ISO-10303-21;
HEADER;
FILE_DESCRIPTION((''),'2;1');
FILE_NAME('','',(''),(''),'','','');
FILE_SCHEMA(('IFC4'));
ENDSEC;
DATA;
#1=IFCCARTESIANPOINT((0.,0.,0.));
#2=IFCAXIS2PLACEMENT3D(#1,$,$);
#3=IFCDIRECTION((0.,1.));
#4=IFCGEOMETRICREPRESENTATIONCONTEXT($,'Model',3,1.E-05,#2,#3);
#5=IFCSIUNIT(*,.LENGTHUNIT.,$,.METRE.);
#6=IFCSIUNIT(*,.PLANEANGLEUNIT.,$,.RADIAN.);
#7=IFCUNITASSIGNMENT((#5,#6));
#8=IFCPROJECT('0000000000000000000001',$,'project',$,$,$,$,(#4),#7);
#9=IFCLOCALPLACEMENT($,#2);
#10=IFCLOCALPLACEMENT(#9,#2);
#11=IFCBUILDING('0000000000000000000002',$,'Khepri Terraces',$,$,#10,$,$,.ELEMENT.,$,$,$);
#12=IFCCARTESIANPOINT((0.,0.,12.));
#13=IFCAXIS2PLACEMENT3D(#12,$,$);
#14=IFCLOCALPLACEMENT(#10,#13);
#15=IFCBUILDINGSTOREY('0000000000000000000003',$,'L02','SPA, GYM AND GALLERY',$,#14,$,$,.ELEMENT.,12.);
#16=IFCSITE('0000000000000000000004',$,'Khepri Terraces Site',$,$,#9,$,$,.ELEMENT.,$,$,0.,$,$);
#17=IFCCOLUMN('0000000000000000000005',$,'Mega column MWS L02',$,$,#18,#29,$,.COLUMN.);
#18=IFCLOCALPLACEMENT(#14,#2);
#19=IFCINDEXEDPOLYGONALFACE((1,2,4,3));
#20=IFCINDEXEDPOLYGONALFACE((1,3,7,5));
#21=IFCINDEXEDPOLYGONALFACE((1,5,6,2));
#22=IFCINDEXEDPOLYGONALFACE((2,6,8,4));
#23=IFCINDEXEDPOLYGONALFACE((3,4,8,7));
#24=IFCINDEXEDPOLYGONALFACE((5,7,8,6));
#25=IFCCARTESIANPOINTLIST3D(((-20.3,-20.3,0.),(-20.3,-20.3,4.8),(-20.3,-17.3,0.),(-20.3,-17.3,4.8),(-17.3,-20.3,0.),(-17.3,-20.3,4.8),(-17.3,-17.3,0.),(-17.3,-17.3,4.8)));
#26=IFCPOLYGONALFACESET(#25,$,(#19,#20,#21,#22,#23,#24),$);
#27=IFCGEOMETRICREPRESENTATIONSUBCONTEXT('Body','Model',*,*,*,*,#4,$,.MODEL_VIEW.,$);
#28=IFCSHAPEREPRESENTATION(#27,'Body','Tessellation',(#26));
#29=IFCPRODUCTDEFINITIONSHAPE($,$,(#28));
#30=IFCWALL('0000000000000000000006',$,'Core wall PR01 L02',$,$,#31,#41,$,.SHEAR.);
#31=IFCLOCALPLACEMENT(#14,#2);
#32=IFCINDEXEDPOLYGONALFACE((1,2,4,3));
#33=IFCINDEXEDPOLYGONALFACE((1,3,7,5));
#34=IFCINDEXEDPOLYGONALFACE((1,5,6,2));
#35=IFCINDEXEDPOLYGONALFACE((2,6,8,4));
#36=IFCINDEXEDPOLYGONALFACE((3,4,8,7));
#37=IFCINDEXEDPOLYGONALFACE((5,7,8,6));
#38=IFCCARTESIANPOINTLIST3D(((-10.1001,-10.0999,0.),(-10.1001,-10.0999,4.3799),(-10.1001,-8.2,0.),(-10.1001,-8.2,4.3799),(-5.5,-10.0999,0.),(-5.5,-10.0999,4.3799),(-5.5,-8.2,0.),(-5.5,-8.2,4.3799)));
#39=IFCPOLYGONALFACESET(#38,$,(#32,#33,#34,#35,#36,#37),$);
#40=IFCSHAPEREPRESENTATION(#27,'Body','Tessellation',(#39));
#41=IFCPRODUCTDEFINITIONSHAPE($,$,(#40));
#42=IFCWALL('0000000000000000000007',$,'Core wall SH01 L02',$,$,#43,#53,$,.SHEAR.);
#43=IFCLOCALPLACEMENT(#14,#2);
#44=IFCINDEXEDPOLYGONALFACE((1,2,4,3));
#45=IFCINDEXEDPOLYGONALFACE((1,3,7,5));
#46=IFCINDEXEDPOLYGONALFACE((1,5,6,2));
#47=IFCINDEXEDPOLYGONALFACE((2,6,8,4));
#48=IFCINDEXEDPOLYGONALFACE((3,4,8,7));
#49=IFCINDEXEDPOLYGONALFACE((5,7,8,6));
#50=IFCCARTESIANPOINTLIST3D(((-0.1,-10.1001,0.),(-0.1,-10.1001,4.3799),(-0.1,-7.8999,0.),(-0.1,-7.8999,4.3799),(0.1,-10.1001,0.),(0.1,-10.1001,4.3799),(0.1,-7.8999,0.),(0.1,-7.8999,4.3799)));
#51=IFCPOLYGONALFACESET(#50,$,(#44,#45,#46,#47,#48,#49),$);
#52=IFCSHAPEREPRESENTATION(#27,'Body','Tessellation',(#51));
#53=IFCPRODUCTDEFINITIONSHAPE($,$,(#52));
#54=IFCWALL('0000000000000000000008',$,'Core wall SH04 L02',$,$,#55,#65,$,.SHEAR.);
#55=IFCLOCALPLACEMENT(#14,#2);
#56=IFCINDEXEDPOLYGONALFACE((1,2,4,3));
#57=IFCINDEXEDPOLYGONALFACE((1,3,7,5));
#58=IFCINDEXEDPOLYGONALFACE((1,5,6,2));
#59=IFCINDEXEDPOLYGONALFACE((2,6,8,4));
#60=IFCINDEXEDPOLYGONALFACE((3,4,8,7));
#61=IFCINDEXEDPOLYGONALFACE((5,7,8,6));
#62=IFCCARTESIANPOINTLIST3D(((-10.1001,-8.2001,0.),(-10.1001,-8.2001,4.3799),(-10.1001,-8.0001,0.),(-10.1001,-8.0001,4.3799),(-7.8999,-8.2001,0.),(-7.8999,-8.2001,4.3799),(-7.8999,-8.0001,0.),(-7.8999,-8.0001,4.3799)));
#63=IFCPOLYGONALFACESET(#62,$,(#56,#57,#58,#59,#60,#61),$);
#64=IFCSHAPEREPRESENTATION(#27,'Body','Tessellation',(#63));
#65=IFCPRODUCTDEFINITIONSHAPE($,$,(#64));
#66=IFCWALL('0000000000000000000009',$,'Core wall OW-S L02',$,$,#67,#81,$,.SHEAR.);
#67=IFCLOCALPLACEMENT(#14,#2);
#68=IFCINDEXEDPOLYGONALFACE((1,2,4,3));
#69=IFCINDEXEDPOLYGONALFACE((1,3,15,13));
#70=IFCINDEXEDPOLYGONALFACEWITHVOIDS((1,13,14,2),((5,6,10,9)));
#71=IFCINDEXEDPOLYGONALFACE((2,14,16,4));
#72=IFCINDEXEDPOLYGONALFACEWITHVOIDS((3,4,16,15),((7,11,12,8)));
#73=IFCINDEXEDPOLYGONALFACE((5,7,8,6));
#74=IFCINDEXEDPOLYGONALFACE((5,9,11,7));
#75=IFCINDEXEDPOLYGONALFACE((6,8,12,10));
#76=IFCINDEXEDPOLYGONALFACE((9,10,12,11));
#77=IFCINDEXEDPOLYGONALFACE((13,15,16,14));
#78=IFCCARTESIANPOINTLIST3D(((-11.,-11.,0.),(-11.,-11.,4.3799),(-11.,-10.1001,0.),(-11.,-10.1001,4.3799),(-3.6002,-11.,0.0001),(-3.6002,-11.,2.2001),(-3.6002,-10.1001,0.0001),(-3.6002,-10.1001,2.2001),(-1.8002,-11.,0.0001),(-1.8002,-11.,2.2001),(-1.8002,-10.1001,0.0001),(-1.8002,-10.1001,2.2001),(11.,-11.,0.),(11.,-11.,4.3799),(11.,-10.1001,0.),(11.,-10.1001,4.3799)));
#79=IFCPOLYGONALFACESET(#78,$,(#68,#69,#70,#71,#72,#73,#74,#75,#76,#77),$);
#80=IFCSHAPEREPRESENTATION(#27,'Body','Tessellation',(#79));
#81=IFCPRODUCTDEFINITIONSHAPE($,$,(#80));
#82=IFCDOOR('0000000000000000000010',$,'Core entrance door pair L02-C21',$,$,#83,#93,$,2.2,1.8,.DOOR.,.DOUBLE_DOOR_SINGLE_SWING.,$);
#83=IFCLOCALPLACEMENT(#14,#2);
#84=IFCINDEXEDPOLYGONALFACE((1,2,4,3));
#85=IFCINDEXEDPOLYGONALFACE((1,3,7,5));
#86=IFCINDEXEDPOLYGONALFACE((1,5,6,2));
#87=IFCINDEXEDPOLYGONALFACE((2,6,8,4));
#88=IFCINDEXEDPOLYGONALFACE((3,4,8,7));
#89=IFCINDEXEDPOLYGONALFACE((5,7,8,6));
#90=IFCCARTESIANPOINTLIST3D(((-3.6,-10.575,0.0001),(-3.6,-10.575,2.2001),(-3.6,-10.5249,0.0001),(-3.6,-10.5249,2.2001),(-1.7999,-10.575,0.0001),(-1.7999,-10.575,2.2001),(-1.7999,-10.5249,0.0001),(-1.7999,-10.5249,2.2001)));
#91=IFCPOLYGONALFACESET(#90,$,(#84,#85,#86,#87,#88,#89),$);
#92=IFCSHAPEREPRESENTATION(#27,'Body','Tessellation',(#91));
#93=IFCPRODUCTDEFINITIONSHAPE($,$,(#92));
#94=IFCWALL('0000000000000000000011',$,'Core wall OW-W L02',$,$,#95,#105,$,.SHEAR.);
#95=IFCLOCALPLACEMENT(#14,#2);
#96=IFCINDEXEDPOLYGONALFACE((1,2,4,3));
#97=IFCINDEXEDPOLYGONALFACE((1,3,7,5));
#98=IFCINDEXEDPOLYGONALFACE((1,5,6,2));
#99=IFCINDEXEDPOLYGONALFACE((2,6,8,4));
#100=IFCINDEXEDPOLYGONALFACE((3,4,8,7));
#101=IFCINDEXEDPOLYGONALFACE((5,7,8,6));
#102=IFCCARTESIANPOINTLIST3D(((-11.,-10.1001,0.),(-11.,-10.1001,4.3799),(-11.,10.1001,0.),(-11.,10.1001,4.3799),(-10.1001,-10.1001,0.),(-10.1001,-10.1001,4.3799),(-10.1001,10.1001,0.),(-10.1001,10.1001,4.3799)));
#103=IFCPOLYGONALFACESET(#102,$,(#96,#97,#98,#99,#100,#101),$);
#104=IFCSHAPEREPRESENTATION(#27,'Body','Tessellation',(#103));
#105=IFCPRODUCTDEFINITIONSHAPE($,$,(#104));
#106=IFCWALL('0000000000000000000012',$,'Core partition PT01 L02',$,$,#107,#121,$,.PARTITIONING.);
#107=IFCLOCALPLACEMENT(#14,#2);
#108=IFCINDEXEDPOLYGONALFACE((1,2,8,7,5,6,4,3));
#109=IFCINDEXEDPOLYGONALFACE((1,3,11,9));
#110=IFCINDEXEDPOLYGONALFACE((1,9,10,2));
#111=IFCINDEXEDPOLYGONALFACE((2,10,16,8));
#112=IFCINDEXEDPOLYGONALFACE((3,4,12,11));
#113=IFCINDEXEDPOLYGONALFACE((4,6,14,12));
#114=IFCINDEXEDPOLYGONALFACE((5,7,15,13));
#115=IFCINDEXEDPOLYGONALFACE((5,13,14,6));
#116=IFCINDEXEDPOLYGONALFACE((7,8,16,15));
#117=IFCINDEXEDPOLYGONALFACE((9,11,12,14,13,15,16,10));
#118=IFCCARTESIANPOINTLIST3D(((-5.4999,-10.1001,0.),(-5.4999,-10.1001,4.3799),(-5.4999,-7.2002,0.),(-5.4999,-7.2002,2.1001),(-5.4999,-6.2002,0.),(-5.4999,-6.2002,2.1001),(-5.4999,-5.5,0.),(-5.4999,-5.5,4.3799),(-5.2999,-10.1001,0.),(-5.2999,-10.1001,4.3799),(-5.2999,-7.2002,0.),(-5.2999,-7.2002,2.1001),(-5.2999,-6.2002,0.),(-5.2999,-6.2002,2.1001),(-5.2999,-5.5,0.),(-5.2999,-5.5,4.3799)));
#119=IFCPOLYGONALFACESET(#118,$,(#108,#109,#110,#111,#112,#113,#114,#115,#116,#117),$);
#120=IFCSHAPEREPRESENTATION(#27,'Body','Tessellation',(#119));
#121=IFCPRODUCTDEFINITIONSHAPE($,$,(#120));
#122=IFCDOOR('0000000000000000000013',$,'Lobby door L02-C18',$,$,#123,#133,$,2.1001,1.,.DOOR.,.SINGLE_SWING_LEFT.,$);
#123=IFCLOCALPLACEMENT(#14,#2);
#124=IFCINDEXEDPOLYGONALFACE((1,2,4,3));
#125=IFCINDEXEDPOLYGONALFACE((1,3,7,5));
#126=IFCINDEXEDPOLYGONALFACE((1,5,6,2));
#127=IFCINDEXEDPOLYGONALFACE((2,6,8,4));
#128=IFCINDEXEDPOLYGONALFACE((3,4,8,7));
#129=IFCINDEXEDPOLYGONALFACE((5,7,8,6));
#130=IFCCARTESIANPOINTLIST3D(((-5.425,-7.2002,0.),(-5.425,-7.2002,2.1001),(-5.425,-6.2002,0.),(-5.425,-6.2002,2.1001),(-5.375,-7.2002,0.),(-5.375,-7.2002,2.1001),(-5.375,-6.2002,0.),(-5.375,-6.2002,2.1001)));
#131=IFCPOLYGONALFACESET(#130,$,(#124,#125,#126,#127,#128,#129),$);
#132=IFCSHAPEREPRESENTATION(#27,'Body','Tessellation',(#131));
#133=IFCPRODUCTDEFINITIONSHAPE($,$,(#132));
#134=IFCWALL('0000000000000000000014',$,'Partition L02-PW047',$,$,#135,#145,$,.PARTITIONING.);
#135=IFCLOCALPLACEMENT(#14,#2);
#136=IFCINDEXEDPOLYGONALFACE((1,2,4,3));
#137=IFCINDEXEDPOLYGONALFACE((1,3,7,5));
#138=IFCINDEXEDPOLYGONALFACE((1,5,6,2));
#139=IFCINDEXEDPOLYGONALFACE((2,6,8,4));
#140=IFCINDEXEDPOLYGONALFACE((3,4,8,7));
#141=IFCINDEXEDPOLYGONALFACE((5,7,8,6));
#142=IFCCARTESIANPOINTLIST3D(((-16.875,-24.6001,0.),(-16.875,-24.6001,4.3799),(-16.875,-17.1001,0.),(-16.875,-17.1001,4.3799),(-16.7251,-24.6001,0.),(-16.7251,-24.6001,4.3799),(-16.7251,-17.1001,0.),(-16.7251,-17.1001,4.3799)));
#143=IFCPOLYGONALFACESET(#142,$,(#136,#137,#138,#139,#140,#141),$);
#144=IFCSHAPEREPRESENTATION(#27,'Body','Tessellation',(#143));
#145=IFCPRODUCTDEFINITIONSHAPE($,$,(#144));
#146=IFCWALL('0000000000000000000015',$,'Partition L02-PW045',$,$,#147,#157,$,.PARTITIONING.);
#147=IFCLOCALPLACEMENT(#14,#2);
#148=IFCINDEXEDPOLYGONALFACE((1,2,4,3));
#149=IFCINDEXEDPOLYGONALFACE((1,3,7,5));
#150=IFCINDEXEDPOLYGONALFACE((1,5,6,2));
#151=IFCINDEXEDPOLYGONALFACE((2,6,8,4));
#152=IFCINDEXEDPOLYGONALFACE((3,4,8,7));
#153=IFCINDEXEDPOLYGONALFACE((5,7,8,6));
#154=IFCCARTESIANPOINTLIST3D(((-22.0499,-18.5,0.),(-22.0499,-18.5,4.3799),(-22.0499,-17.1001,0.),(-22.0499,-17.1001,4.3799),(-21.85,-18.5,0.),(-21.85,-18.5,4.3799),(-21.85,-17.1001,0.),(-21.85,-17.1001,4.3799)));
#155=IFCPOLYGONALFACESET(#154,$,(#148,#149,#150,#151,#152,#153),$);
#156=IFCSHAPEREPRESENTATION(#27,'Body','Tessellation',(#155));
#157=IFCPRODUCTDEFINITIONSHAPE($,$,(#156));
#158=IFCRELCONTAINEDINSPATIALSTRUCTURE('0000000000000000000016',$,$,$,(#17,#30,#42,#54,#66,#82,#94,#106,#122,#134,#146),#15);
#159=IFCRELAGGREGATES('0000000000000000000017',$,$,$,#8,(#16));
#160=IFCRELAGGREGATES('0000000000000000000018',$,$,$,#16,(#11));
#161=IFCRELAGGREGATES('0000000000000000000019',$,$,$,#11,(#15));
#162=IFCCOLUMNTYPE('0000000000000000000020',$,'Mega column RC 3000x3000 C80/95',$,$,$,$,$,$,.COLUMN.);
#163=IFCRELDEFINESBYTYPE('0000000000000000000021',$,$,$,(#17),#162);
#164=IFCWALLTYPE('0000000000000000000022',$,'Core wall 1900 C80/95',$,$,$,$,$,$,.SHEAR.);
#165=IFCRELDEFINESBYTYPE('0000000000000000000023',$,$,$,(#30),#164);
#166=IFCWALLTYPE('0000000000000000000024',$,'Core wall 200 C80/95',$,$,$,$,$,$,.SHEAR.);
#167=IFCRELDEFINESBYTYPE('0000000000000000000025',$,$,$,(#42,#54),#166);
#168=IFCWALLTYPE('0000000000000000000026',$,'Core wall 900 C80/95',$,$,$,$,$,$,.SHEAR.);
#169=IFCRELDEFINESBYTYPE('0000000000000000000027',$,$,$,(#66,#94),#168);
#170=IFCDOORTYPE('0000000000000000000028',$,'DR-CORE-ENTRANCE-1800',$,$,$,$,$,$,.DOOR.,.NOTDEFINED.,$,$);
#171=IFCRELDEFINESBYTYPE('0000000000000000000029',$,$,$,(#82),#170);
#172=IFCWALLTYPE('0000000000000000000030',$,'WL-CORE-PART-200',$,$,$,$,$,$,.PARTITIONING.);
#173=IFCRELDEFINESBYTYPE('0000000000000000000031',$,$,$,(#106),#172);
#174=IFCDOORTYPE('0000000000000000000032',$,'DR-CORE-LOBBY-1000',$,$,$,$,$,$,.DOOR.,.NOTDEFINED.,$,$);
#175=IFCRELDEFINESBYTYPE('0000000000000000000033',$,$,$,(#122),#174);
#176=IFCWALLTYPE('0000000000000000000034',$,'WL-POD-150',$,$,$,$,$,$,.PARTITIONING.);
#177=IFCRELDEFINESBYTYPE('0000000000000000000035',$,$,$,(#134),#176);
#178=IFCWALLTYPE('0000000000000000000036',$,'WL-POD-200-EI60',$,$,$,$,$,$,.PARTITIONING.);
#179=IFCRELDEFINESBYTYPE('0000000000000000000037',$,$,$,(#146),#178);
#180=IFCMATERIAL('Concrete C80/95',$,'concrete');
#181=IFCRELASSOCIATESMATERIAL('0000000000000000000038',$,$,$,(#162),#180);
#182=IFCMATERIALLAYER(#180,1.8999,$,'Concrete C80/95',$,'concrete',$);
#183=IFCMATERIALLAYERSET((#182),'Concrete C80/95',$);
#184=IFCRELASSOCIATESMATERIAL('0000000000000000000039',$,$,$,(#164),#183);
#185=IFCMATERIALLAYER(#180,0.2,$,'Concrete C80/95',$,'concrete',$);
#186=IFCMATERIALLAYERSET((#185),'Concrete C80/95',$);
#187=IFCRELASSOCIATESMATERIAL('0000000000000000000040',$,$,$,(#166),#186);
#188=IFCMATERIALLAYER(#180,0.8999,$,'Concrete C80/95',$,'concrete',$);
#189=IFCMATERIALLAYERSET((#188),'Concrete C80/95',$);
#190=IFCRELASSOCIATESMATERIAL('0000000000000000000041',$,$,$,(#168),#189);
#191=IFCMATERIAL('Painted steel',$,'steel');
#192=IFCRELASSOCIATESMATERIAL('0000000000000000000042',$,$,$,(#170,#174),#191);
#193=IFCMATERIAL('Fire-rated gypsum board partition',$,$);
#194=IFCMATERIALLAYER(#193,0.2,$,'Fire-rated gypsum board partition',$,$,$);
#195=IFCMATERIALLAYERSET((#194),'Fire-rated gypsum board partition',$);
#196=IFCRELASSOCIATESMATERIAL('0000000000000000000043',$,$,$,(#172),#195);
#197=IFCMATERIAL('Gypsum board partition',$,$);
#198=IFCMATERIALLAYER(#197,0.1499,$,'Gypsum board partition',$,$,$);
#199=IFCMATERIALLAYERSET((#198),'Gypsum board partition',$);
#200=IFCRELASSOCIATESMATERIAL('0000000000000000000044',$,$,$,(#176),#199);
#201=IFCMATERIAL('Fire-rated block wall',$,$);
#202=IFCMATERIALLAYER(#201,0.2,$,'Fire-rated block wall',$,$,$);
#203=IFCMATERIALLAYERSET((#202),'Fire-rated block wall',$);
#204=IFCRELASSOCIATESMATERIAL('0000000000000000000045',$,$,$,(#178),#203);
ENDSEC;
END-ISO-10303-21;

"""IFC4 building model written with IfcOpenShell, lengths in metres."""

from ifc_helpers import new_model, si_unit, direction, frame, frame_2d, origin, origin_2d, place, context, subcontext, project, spatial, rectangle, extrude, material, layer, layer_set, material_profile, profile_set, type_object, element, fill, save


model = new_model("IFC4")

# Units and contexts
model_context = context("Model", 3, precision=1e-05, world=origin(), true_north=direction((0.0, 1.0)))
body_context = subcontext(model_context, "Body", "Model", "MODEL_VIEW")
ifc_project = project(units=[si_unit("LENGTHUNIT", "METRE"), si_unit("PLANEANGLEUNIT", "RADIAN")], contexts=[model_context])

# Site, building, storey
site_placement = place(None, origin())
site = spatial("IfcSite", under=ifc_project, at=site_placement, Name="Khepri Terraces Site", CompositionType="ELEMENT", RefElevation=0.0)
building_placement = place(site_placement, origin())
building = spatial("IfcBuilding", under=site, at=building_placement, Name="Khepri Terraces", CompositionType="ELEMENT")
storey_placement = place(building_placement, frame((0.0, 0.0, 12.0)))
storey = spatial("IfcBuildingStorey", under=building, at=storey_placement, Name="L02", Description="SPA, GYM AND GALLERY", CompositionType="ELEMENT", Elevation=12.0)

# Column
ifc_material_1 = material(Name="Concrete C80/95", Category="concrete")
ifc_material_profile = material_profile(ifc_material_1, rectangle(XDim=3.0, YDim=3.0, at=origin_2d()), Name="Concrete C80/95", Category="concrete")
ifc_profile_set = profile_set([ifc_material_profile], Name="Concrete C80/95")
column_type = type_object("IfcColumnType", Name="Mega column RC 3000x3000 C80/95", PredefinedType="COLUMN", material=ifc_profile_set)
column_placement = place(storey_placement, frame((-18.8, -18.8, 0.0), z_axis=(0.0, 0.0, 1.0), x_axis=(1.0, 0.0, 0.0)))
element("IfcColumn", 1, at=column_placement, inside=storey, type_object=column_type, Name="Mega column MWS L02", PredefinedType="COLUMN", context=body_context, shape_type="SweptSolid", body=[
    extrude(rectangle(XDim=3.0, YDim=3.0, at=origin_2d()), origin(), (0.0, 0.0, 1.0), 4.8),
])

# Walls
ifc_layer_1 = layer(ifc_material_1, 1.8999, Name="Concrete C80/95", Category="concrete")
ifc_layer_set_1 = layer_set([ifc_layer_1], Name="Concrete C80/95")
wall_type_1 = type_object("IfcWallType", Name="Core wall 1900 C80/95", PredefinedType="SHEAR", material=ifc_layer_set_1)
wall_1_placement = place(storey_placement, frame((-10.1001, -9.1499, 0.0), z_axis=(0.0, 0.0, 1.0), x_axis=(1.0, 0.0, 0.0)))
element("IfcWall", 2, at=wall_1_placement, inside=storey, type_object=wall_type_1, Name="Core wall PR01 L02", PredefinedType="SHEAR", context=body_context, shape_type="SweptSolid", body=[
    extrude(rectangle(XDim=4.6001, YDim=1.8999, at=frame_2d((2.3, 0.0))), origin(), (0.0, 0.0, 1.0), 4.3799),
])
ifc_layer_2 = layer(ifc_material_1, 0.2, Name="Concrete C80/95", Category="concrete")
ifc_layer_set_2 = layer_set([ifc_layer_2], Name="Concrete C80/95")
wall_type_2 = type_object("IfcWallType", Name="Core wall 200 C80/95", PredefinedType="SHEAR", material=ifc_layer_set_2)
for number, where, z_axis, x_axis, name in (
    (3, (0.0, -10.1001, 0.0), (0.0, 0.0, 1.0), (0.0, 1.0, 0.0), "Core wall SH01 L02"),
    (4, (-10.1001, -8.1001, 0.0), (0.0, 0.0, 1.0), (1.0, 0.0, 0.0), "Core wall SH04 L02"),
):
    element("IfcWall", number, at=place(storey_placement, frame(where, z_axis=z_axis, x_axis=x_axis)), inside=storey, type_object=wall_type_2, Name=name, PredefinedType="SHEAR", context=body_context, shape_type="SweptSolid", body=[
        extrude(rectangle(XDim=2.2002, YDim=0.2, at=frame_2d((1.1001, 0.0))), origin(), (0.0, 0.0, 1.0), 4.3799),
    ])

# Wall, opening, door
ifc_layer_3 = layer(ifc_material_1, 0.8999, Name="Concrete C80/95", Category="concrete")
ifc_layer_set_3 = layer_set([ifc_layer_3], Name="Concrete C80/95")
wall_type_3 = type_object("IfcWallType", Name="Core wall 900 C80/95", PredefinedType="SHEAR", material=ifc_layer_set_3)
wall_2_placement = place(storey_placement, frame((-11.0, -10.55, 0.0), z_axis=(0.0, 0.0, 1.0), x_axis=(1.0, 0.0, 0.0)))
wall_2 = element("IfcWall", 5, at=wall_2_placement, inside=storey, type_object=wall_type_3, Name="Core wall OW-S L02", PredefinedType="SHEAR", context=body_context, shape_type="SweptSolid", body=[
    extrude(rectangle(XDim=22.0, YDim=0.8999, at=frame_2d((11.0, 0.0))), origin(), (0.0, 0.0, 1.0), 4.3799),
])
opening_1_placement = place(wall_2_placement, frame((7.3999, 0.0, 0.0)))
opening_1 = element("IfcOpeningElement", 6, at=opening_1_placement, cuts=wall_2, PredefinedType="OPENING", context=body_context, shape_type="SweptSolid", body=[
    extrude(rectangle(XDim=1.8, YDim=2.2, at=frame_2d((0.8999, 1.1001))), frame((0.0, 0.46, 0.0), z_axis=(0.0, -1.0, 0.0), x_axis=(1.0, 0.0, 0.0)), (0.0, 0.0, 1.0), 0.9199),
])
ifc_material_2 = material(Name="Painted steel", Category="steel")
door_type_1 = type_object("IfcDoorType", Name="DR-CORE-ENTRANCE-1800", OperationType="NOTDEFINED", PredefinedType="DOOR", material=ifc_material_2)
door_1_placement = place(opening_1_placement, frame((1.8, 0.0, 0.0), z_axis=(0.0, 0.0, 1.0), x_axis=(-1.0, 0.0, 0.0)))
door_1 = element("IfcDoor", 7, at=door_1_placement, inside=storey, type_object=door_type_1, Name="Core entrance door pair L02-C21", OperationType="DOUBLE_DOOR_SINGLE_SWING", OverallHeight=2.2, OverallWidth=1.8, PredefinedType="DOOR", context=body_context, shape_type="SweptSolid", body=[
    extrude(rectangle(XDim=1.8, YDim=2.2, at=frame_2d((0.8999, 1.1001))), frame((0.0, 0.0249, 0.0), z_axis=(0.0, -1.0, 0.0), x_axis=(1.0, 0.0, 0.0)), (0.0, 0.0, 1.0), 0.05),
])
fill(opening_1, door_1)

# Wall
wall_3_placement = place(storey_placement, frame((-10.55, -10.1001, 0.0), z_axis=(0.0, 0.0, 1.0), x_axis=(0.0, 1.0, 0.0)))
element("IfcWall", 8, at=wall_3_placement, inside=storey, type_object=wall_type_3, Name="Core wall OW-W L02", PredefinedType="SHEAR", context=body_context, shape_type="SweptSolid", body=[
    extrude(rectangle(XDim=20.2002, YDim=0.8999, at=frame_2d((10.1001, 0.0))), origin(), (0.0, 0.0, 1.0), 4.3799),
])

# Wall, opening, door
ifc_material_3 = material(Name="Fire-rated gypsum board partition")
ifc_layer_4 = layer(ifc_material_3, 0.2, Name="Fire-rated gypsum board partition")
ifc_layer_set_4 = layer_set([ifc_layer_4], Name="Fire-rated gypsum board partition")
wall_type_4 = type_object("IfcWallType", Name="WL-CORE-PART-200", PredefinedType="PARTITIONING", material=ifc_layer_set_4)
wall_4_placement = place(storey_placement, frame((-5.3999, -10.1001, 0.0), z_axis=(0.0, 0.0, 1.0), x_axis=(0.0, 1.0, 0.0)))
wall_4 = element("IfcWall", 9, at=wall_4_placement, inside=storey, type_object=wall_type_4, Name="Core partition PT01 L02", PredefinedType="PARTITIONING", context=body_context, shape_type="SweptSolid", body=[
    extrude(rectangle(XDim=4.6001, YDim=0.2, at=frame_2d((2.3, 0.0))), origin(), (0.0, 0.0, 1.0), 4.3799),
])
opening_2_placement = place(wall_4_placement, frame((2.8999, 0.0, 0.0)))
opening_2 = element("IfcOpeningElement", 10, at=opening_2_placement, cuts=wall_4, PredefinedType="OPENING", context=body_context, shape_type="SweptSolid", body=[
    extrude(rectangle(XDim=1.0, YDim=2.1001, at=frame_2d((0.5, 1.05))), frame((0.0, 0.1099, 0.0), z_axis=(0.0, -1.0, 0.0), x_axis=(1.0, 0.0, 0.0)), (0.0, 0.0, 1.0), 0.22),
])
door_type_2 = type_object("IfcDoorType", Name="DR-CORE-LOBBY-1000", OperationType="NOTDEFINED", PredefinedType="DOOR", material=ifc_material_2)
door_2_placement = place(opening_2_placement, frame((1.0, 0.0, 0.0), z_axis=(0.0, 0.0, 1.0), x_axis=(-1.0, 0.0, 0.0)))
door_2 = element("IfcDoor", 11, at=door_2_placement, inside=storey, type_object=door_type_2, Name="Lobby door L02-C18", OperationType="SINGLE_SWING_LEFT", OverallHeight=2.1001, OverallWidth=1.0, PredefinedType="DOOR", context=body_context, shape_type="SweptSolid", body=[
    extrude(rectangle(XDim=1.0, YDim=2.1001, at=frame_2d((0.5, 1.05))), frame((0.0, 0.0249, 0.0), z_axis=(0.0, -1.0, 0.0), x_axis=(1.0, 0.0, 0.0)), (0.0, 0.0, 1.0), 0.05),
])
fill(opening_2, door_2)

# Walls
ifc_material_4 = material(Name="Gypsum board partition")
ifc_layer_5 = layer(ifc_material_4, 0.1499, Name="Gypsum board partition")
ifc_layer_set_5 = layer_set([ifc_layer_5], Name="Gypsum board partition")
wall_type_5 = type_object("IfcWallType", Name="WL-POD-150", PredefinedType="PARTITIONING", material=ifc_layer_set_5)
wall_5_placement = place(storey_placement, frame((-16.8, -24.6001, 0.0), z_axis=(0.0, 0.0, 1.0), x_axis=(0.0, 1.0, 0.0)))
element("IfcWall", 12, at=wall_5_placement, inside=storey, type_object=wall_type_5, Name="Partition L02-PW047", PredefinedType="PARTITIONING", context=body_context, shape_type="SweptSolid", body=[
    extrude(rectangle(XDim=7.5, YDim=0.1499, at=frame_2d((3.75, 0.0))), origin(), (0.0, 0.0, 1.0), 4.3799),
])
ifc_material_5 = material(Name="Fire-rated block wall")
ifc_layer_6 = layer(ifc_material_5, 0.2, Name="Fire-rated block wall")
ifc_layer_set_6 = layer_set([ifc_layer_6], Name="Fire-rated block wall")
wall_type_6 = type_object("IfcWallType", Name="WL-POD-200-EI60", PredefinedType="PARTITIONING", material=ifc_layer_set_6)
wall_6_placement = place(storey_placement, frame((-21.95, -18.5, 0.0), z_axis=(0.0, 0.0, 1.0), x_axis=(0.0, 1.0, 0.0)))
element("IfcWall", 13, at=wall_6_placement, inside=storey, type_object=wall_type_6, Name="Partition L02-PW045", PredefinedType="PARTITIONING", context=body_context, shape_type="SweptSolid", body=[
    extrude(rectangle(XDim=1.3999, YDim=0.2, at=frame_2d((0.7, 0.0))), origin(), (0.0, 0.0, 1.0), 4.3799),
])

save(model, "model.ifc")
